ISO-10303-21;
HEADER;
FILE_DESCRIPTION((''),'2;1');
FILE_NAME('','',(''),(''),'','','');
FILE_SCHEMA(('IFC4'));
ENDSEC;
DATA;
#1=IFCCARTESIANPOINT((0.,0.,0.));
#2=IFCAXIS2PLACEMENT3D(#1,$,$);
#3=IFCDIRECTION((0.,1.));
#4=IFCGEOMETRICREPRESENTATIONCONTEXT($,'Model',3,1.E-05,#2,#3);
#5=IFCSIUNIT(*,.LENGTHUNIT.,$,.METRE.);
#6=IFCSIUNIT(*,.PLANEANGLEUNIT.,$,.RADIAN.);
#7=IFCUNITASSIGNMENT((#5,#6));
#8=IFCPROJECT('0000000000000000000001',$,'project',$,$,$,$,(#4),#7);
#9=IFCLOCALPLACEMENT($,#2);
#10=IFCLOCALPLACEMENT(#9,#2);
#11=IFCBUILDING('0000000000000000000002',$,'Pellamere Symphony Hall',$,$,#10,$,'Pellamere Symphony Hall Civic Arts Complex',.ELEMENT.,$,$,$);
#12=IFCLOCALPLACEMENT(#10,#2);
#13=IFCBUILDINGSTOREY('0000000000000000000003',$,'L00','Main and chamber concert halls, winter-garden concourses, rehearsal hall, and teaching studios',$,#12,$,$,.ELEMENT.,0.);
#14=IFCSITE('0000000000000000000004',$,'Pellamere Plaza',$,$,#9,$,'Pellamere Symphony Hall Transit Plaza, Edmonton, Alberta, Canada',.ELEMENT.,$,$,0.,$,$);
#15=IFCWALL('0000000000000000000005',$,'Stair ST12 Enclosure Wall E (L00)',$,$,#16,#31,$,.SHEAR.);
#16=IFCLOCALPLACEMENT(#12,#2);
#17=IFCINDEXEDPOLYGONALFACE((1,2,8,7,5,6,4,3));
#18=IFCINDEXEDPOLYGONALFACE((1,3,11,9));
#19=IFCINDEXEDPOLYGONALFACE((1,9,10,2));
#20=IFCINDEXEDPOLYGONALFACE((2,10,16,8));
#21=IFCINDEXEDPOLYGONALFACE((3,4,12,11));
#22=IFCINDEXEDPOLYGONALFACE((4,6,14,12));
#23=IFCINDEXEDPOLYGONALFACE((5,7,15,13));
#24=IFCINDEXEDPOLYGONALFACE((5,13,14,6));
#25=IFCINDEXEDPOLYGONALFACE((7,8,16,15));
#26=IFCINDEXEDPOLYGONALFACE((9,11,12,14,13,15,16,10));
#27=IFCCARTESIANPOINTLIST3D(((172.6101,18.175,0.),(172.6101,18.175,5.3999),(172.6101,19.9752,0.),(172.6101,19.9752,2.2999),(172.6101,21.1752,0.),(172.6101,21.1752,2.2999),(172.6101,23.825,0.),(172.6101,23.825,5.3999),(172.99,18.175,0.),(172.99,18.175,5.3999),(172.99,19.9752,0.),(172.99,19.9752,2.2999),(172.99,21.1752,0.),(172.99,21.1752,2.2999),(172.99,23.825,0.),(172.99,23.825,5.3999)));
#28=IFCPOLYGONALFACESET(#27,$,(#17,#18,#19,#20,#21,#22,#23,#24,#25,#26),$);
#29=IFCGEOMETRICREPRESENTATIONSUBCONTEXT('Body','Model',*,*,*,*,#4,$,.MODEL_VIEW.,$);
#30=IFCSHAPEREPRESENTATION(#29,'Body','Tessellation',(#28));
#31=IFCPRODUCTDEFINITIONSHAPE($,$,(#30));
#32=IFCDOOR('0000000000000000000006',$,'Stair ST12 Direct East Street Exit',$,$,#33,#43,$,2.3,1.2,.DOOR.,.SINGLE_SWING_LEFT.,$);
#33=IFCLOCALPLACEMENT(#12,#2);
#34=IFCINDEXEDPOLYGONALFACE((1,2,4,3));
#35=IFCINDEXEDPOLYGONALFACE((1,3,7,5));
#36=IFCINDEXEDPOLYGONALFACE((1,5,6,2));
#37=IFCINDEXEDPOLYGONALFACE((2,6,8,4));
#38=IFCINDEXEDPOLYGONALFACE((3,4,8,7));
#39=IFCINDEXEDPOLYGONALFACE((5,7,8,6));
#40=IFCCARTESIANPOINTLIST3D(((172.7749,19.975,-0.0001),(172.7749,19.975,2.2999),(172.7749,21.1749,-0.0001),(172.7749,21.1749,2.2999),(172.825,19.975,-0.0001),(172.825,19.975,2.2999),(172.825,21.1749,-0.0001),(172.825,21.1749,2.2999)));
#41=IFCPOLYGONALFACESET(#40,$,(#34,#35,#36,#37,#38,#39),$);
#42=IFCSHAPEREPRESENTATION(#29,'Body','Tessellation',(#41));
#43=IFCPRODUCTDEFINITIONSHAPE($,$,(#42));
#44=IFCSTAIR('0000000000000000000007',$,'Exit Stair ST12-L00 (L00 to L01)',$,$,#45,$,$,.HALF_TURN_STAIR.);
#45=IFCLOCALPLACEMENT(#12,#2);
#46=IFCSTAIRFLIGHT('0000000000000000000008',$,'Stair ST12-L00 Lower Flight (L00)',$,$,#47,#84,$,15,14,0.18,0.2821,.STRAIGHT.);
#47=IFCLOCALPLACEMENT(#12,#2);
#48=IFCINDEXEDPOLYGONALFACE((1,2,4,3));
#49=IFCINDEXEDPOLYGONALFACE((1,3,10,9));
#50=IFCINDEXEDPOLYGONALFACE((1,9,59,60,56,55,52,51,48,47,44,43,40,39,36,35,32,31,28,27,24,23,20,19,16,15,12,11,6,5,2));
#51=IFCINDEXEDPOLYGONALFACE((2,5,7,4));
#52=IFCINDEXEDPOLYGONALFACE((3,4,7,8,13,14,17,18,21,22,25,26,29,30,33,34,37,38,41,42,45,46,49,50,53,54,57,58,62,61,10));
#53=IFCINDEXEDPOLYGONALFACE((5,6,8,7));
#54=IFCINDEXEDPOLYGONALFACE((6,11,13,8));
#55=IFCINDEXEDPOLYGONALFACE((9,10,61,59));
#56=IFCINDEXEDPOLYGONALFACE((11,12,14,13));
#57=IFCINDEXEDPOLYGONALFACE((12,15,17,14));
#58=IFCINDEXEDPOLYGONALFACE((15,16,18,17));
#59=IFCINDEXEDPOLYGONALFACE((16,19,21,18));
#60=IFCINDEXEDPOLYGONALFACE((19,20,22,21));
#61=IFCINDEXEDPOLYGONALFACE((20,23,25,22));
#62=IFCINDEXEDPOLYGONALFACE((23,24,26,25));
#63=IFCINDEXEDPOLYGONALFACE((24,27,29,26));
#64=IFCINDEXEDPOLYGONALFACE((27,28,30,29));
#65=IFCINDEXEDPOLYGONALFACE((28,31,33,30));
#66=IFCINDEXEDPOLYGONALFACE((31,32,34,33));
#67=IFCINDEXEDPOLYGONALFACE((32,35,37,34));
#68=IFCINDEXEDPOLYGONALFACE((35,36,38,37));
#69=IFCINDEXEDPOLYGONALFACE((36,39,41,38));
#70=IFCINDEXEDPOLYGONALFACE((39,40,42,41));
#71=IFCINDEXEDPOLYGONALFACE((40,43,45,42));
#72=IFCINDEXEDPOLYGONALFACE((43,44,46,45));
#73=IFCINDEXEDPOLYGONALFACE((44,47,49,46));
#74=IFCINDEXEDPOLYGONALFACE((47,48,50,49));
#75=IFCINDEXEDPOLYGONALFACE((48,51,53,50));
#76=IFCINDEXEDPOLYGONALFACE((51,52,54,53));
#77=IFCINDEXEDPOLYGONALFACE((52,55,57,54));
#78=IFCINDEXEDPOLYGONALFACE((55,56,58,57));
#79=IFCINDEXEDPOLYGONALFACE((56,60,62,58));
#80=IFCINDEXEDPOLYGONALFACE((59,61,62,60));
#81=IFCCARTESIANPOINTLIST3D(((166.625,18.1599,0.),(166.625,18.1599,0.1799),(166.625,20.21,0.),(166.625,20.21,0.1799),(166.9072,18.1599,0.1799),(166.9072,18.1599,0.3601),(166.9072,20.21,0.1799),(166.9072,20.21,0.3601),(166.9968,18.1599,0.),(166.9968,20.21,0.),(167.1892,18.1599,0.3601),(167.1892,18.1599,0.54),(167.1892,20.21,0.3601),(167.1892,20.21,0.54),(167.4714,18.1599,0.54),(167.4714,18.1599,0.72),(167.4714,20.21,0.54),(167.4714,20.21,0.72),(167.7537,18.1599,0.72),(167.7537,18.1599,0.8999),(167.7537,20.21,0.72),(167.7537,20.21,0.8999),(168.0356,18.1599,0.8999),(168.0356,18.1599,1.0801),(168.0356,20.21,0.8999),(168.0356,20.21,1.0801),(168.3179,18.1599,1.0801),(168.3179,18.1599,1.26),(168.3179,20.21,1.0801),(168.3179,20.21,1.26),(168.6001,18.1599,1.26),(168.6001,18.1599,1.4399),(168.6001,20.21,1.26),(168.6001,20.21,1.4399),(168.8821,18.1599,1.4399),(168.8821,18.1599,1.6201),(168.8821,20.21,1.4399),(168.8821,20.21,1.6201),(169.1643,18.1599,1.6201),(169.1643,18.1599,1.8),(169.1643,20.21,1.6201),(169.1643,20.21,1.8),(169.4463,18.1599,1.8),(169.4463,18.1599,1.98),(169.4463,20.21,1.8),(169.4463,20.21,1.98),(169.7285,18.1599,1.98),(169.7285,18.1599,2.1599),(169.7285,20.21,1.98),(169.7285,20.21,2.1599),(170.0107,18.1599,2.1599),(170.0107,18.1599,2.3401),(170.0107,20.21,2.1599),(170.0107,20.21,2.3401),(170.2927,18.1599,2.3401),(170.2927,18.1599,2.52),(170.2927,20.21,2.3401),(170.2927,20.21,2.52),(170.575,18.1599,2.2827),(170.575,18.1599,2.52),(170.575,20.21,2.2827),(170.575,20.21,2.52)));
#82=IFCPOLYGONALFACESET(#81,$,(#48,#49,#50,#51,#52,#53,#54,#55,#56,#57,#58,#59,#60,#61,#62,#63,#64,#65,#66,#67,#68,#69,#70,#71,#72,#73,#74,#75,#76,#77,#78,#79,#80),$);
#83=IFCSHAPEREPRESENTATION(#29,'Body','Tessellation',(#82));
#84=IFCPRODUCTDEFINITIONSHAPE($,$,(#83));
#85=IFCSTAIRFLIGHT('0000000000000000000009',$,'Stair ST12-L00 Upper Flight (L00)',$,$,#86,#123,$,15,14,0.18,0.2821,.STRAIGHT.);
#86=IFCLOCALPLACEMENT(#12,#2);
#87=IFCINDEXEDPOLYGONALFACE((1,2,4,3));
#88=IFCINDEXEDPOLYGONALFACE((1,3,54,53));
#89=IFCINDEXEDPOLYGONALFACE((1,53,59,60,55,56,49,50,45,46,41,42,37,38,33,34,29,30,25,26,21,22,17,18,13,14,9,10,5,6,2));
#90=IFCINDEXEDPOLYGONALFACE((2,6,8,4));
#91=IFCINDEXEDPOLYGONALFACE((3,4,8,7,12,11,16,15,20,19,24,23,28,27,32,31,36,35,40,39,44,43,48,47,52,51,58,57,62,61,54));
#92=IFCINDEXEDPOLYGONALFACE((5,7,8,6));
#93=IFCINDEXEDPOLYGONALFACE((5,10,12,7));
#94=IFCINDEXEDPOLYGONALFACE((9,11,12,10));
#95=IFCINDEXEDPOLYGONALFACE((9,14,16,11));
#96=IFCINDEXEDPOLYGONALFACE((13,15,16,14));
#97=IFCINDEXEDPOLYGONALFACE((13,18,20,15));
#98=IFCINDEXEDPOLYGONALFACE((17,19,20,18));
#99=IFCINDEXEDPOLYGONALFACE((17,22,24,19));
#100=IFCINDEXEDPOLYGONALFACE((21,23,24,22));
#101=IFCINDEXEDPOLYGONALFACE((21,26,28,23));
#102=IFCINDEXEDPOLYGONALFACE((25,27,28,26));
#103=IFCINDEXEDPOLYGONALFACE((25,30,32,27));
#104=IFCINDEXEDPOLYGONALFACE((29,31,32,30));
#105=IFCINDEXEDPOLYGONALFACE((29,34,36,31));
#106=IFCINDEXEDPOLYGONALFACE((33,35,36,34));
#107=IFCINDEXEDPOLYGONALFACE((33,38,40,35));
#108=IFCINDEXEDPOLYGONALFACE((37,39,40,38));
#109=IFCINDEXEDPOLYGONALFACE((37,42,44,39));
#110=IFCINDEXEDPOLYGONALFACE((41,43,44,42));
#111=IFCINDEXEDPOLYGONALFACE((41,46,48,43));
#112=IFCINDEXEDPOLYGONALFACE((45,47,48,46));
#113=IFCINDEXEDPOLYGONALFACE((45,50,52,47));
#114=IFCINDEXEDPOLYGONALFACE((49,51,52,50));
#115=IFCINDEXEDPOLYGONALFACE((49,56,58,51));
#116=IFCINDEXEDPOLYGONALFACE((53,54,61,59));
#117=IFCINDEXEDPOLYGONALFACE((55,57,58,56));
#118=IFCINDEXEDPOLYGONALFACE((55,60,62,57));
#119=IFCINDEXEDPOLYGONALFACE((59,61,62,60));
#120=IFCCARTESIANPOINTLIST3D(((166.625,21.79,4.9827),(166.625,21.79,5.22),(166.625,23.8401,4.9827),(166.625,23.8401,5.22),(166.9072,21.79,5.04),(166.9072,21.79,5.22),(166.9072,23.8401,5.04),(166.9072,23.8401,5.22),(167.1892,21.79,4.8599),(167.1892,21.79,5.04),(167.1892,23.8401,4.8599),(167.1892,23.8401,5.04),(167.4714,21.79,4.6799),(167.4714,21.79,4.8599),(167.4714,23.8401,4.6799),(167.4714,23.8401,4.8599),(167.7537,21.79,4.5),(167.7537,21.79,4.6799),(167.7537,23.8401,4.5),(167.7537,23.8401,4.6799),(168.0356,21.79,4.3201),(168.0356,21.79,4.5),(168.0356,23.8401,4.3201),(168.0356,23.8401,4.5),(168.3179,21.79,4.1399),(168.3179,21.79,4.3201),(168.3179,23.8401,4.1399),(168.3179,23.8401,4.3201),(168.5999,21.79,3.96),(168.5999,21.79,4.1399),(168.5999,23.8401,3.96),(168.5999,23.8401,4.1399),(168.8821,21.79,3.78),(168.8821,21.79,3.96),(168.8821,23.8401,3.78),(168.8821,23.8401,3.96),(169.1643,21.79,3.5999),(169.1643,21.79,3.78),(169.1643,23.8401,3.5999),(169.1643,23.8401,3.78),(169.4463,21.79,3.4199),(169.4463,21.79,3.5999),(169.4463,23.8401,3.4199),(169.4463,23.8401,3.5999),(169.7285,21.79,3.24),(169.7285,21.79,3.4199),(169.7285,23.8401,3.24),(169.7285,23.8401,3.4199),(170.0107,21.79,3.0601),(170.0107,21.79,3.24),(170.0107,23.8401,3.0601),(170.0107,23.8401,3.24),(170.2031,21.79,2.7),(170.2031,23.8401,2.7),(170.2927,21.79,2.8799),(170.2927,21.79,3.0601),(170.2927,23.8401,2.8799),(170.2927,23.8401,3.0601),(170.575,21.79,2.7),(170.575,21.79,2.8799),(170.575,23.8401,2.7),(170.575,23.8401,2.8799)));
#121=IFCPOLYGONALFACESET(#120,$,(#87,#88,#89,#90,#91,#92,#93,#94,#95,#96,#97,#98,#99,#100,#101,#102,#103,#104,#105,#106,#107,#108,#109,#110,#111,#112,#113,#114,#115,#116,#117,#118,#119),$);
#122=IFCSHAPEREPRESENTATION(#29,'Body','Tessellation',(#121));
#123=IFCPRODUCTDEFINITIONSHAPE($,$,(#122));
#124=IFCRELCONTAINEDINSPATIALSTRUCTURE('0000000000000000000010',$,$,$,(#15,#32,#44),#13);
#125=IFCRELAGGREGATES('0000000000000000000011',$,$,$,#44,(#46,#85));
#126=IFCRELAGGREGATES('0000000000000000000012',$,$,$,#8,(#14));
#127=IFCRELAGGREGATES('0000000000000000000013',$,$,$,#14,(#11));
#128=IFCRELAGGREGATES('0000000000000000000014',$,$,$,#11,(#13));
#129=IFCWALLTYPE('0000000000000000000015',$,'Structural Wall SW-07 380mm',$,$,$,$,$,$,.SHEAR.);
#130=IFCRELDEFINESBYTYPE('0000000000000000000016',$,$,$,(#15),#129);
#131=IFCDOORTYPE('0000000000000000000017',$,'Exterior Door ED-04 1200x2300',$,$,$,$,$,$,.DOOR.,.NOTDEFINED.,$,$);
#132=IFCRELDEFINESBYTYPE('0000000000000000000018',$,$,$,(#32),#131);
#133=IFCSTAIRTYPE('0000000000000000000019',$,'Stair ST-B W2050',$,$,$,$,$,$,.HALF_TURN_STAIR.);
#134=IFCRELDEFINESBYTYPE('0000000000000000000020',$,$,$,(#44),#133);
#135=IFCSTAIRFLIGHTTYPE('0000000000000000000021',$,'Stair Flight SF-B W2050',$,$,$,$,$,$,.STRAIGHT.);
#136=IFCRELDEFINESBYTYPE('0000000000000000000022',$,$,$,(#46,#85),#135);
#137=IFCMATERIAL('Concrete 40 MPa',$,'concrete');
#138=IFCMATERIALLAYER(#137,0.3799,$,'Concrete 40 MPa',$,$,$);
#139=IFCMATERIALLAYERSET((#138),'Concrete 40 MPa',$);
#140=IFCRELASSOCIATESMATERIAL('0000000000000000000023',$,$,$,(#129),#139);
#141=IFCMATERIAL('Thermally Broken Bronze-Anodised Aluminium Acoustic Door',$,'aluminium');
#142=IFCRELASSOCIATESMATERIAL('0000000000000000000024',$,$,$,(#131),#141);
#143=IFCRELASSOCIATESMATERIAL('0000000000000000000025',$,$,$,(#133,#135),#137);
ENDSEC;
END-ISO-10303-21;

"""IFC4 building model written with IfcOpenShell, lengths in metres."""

from ifc_helpers import new_model, si_unit, direction, frame, frame_2d, origin, place, context, subcontext, project, spatial, polyline, rectangle, outline, extrude, material, layer, layer_set, type_object, element, fill, aggregate, save


model = new_model("IFC4")

# Units and contexts
model_context = context("Model", 3, precision=1e-05, world=origin(), true_north=direction((0.0, 1.0)))
body_context = subcontext(model_context, "Body", "Model", "MODEL_VIEW")
ifc_project = project(units=[si_unit("LENGTHUNIT", "METRE"), si_unit("PLANEANGLEUNIT", "RADIAN")], contexts=[model_context])

# Site, building, storey
site_placement = place(None, origin())
site = spatial("IfcSite", under=ifc_project, at=site_placement, Name="Pellamere Plaza", LongName="Pellamere Symphony Hall Transit Plaza, Edmonton, Alberta, Canada", CompositionType="ELEMENT", RefElevation=0.0)
building_placement = place(site_placement, origin())
building = spatial("IfcBuilding", under=site, at=building_placement, Name="Pellamere Symphony Hall", LongName="Pellamere Symphony Hall Civic Arts Complex", CompositionType="ELEMENT")
storey_placement = place(building_placement, origin())
storey = spatial("IfcBuildingStorey", under=building, at=storey_placement, Name="L00", Description="Main and chamber concert halls, winter-garden concourses, rehearsal hall, and teaching studios", CompositionType="ELEMENT", Elevation=0.0)

# Shared definitions
ifc_material_1 = material(Name="Concrete 40 MPa", Category="concrete")

# Wall, opening, door
ifc_material_2 = material(Name="Thermally Broken Bronze-Anodised Aluminium Acoustic Door", Category="aluminium")
ifc_layer_1 = layer(ifc_material_1, 0.3799, Name="Concrete 40 MPa")
ifc_layer_set_1 = layer_set([ifc_layer_1], Name="Concrete 40 MPa")
wall_type_1 = type_object("IfcWallType", Name="Structural Wall SW-07 380mm", PredefinedType="SHEAR", material=ifc_layer_set_1)
wall_1_placement = place(storey_placement, frame((172.8, 18.175, 0.0), z_axis=(0.0, 0.0, 1.0), x_axis=(0.0, 1.0, 0.0)))
wall_1 = element("IfcWall", 1, at=wall_1_placement, inside=storey, type_object=wall_type_1, Name="Stair ST12 Enclosure Wall E (L00)", PredefinedType="SHEAR", context=body_context, shape_type="SweptSolid", body=[
    extrude(rectangle(XDim=5.6499, YDim=0.3799, at=frame_2d((2.825, 0.0))), origin(), (0.0, 0.0, 1.0), 5.3999),
])
opening_1_placement = place(wall_1_placement, frame((1.8, 0.0, 0.0)))
opening_1 = element("IfcOpeningElement", 2, at=opening_1_placement, cuts=wall_1, PredefinedType="OPENING", context=body_context, shape_type="SweptSolid", body=[
    extrude(rectangle(XDim=1.2, YDim=2.3, at=frame_2d((0.6001, 1.1499))), frame((0.0, 0.2, 0.0), z_axis=(0.0, -1.0, 0.0), x_axis=(1.0, 0.0, 0.0)), (0.0, 0.0, 1.0), 0.3999),
])
door_type_1 = type_object("IfcDoorType", Name="Exterior Door ED-04 1200x2300", OperationType="NOTDEFINED", PredefinedType="DOOR", material=ifc_material_2)
door_1_placement = place(opening_1_placement, frame((1.2, 0.0, 0.0), z_axis=(0.0, 0.0, 1.0), x_axis=(-1.0, 0.0, 0.0)))
door_1 = element("IfcDoor", 3, at=door_1_placement, inside=storey, type_object=door_type_1, Name="Stair ST12 Direct East Street Exit", OperationType="SINGLE_SWING_LEFT", OverallHeight=2.3, OverallWidth=1.2, PredefinedType="DOOR", context=body_context, shape_type="SweptSolid", body=[
    extrude(rectangle(XDim=1.2, YDim=2.3, at=frame_2d((0.6001, 1.1499))), frame((0.0, 0.0249, 0.0), z_axis=(0.0, -1.0, 0.0), x_axis=(1.0, 0.0, 0.0)), (0.0, 0.0, 1.0), 0.05),
])
fill(opening_1, door_1)

# Stair, stair flights
stair_type = type_object("IfcStairType", Name="Stair ST-B W2050", PredefinedType="HALF_TURN_STAIR", material=ifc_material_1)
stair_placement = place(storey_placement, origin())
stair = element("IfcStair", 4, at=stair_placement, inside=storey, type_object=stair_type, Name="Exit Stair ST12-L00 (L00 to L01)", PredefinedType="HALF_TURN_STAIR")
stair_flight_type = type_object("IfcStairFlightType", Name="Stair Flight SF-B W2050", PredefinedType="STRAIGHT", material=ifc_material_1)
stair_flight_1_placement = place(storey_placement, frame((166.625, 19.1851, 0.0), z_axis=(0.0, 0.0, 1.0), x_axis=(1.0, 0.0, 0.0)))
stair_flight_1 = element("IfcStairFlight", 5, at=stair_flight_1_placement, type_object=stair_flight_type, Name="Stair ST12-L00 Lower Flight (L00)", NumberOfRisers=15, NumberOfTreads=14, PredefinedType="STRAIGHT", RiserHeight=0.18, TreadLength=0.2821, context=body_context, shape_type="SweptSolid", body=[
    extrude(outline(polyline([(0.0, 0.0), (0.0, 0.1799), (0.2822, 0.1799), (0.2822, 0.3601), (0.5642, 0.3601), (0.5642, 0.54), (0.8464, 0.54), (0.8464, 0.72), (1.1287, 0.72), (1.1287, 0.8999), (1.4106, 0.8999), (1.4106, 1.0801), (1.6929, 1.0801), (1.6929, 1.26), (1.9751, 1.26), (1.9751, 1.4399), (2.2571, 1.4399), (2.2571, 1.6201), (2.5393, 1.6201), (2.5393, 1.8), (2.8213, 1.8), (2.8213, 1.98), (3.1035, 1.98), (3.1035, 2.1599), (3.3857, 2.1599), (3.3857, 2.3401), (3.6677, 2.3401), (3.6677, 2.52), (3.95, 2.52), (3.95, 2.7), (3.95, 2.2827), (0.3718, 0.0), (0.0, 0.0)])), frame((0.0, 1.0249, 0.0), z_axis=(0.0, -1.0, 0.0), x_axis=(1.0, 0.0, 0.0)), (0.0, 0.0, 1.0), 2.05),
])
stair_flight_2_placement = place(storey_placement, frame((170.575, 22.8149, 2.7), z_axis=(0.0, 0.0, 1.0), x_axis=(-1.0, 0.0, 0.0)))
stair_flight_2 = element("IfcStairFlight", 6, at=stair_flight_2_placement, type_object=stair_flight_type, Name="Stair ST12-L00 Upper Flight (L00)", NumberOfRisers=15, NumberOfTreads=14, PredefinedType="STRAIGHT", RiserHeight=0.18, TreadLength=0.2821, context=body_context, shape_type="SweptSolid", body=[
    extrude(outline(polyline([(0.0, 0.0), (0.0, 0.1799), (0.2822, 0.1799), (0.2822, 0.3601), (0.5642, 0.3601), (0.5642, 0.54), (0.8464, 0.54), (0.8464, 0.72), (1.1287, 0.72), (1.1287, 0.8999), (1.4106, 0.8999), (1.4106, 1.0801), (1.6929, 1.0801), (1.6929, 1.26), (1.9751, 1.26), (1.9751, 1.4399), (2.2571, 1.4399), (2.2571, 1.6201), (2.5393, 1.6201), (2.5393, 1.8), (2.8213, 1.8), (2.8213, 1.98), (3.1035, 1.98), (3.1035, 2.1599), (3.3857, 2.1599), (3.3857, 2.3401), (3.6677, 2.3401), (3.6677, 2.52), (3.95, 2.52), (3.95, 2.7), (3.95, 2.2827), (0.3718, 0.0), (0.0, 0.0)])), frame((0.0, 1.0249, 0.0), z_axis=(0.0, -1.0, 0.0), x_axis=(1.0, 0.0, 0.0)), (0.0, 0.0, 1.0), 2.05),
])
aggregate(stair, [stair_flight_1, stair_flight_2])

save(model, "model.ifc")
